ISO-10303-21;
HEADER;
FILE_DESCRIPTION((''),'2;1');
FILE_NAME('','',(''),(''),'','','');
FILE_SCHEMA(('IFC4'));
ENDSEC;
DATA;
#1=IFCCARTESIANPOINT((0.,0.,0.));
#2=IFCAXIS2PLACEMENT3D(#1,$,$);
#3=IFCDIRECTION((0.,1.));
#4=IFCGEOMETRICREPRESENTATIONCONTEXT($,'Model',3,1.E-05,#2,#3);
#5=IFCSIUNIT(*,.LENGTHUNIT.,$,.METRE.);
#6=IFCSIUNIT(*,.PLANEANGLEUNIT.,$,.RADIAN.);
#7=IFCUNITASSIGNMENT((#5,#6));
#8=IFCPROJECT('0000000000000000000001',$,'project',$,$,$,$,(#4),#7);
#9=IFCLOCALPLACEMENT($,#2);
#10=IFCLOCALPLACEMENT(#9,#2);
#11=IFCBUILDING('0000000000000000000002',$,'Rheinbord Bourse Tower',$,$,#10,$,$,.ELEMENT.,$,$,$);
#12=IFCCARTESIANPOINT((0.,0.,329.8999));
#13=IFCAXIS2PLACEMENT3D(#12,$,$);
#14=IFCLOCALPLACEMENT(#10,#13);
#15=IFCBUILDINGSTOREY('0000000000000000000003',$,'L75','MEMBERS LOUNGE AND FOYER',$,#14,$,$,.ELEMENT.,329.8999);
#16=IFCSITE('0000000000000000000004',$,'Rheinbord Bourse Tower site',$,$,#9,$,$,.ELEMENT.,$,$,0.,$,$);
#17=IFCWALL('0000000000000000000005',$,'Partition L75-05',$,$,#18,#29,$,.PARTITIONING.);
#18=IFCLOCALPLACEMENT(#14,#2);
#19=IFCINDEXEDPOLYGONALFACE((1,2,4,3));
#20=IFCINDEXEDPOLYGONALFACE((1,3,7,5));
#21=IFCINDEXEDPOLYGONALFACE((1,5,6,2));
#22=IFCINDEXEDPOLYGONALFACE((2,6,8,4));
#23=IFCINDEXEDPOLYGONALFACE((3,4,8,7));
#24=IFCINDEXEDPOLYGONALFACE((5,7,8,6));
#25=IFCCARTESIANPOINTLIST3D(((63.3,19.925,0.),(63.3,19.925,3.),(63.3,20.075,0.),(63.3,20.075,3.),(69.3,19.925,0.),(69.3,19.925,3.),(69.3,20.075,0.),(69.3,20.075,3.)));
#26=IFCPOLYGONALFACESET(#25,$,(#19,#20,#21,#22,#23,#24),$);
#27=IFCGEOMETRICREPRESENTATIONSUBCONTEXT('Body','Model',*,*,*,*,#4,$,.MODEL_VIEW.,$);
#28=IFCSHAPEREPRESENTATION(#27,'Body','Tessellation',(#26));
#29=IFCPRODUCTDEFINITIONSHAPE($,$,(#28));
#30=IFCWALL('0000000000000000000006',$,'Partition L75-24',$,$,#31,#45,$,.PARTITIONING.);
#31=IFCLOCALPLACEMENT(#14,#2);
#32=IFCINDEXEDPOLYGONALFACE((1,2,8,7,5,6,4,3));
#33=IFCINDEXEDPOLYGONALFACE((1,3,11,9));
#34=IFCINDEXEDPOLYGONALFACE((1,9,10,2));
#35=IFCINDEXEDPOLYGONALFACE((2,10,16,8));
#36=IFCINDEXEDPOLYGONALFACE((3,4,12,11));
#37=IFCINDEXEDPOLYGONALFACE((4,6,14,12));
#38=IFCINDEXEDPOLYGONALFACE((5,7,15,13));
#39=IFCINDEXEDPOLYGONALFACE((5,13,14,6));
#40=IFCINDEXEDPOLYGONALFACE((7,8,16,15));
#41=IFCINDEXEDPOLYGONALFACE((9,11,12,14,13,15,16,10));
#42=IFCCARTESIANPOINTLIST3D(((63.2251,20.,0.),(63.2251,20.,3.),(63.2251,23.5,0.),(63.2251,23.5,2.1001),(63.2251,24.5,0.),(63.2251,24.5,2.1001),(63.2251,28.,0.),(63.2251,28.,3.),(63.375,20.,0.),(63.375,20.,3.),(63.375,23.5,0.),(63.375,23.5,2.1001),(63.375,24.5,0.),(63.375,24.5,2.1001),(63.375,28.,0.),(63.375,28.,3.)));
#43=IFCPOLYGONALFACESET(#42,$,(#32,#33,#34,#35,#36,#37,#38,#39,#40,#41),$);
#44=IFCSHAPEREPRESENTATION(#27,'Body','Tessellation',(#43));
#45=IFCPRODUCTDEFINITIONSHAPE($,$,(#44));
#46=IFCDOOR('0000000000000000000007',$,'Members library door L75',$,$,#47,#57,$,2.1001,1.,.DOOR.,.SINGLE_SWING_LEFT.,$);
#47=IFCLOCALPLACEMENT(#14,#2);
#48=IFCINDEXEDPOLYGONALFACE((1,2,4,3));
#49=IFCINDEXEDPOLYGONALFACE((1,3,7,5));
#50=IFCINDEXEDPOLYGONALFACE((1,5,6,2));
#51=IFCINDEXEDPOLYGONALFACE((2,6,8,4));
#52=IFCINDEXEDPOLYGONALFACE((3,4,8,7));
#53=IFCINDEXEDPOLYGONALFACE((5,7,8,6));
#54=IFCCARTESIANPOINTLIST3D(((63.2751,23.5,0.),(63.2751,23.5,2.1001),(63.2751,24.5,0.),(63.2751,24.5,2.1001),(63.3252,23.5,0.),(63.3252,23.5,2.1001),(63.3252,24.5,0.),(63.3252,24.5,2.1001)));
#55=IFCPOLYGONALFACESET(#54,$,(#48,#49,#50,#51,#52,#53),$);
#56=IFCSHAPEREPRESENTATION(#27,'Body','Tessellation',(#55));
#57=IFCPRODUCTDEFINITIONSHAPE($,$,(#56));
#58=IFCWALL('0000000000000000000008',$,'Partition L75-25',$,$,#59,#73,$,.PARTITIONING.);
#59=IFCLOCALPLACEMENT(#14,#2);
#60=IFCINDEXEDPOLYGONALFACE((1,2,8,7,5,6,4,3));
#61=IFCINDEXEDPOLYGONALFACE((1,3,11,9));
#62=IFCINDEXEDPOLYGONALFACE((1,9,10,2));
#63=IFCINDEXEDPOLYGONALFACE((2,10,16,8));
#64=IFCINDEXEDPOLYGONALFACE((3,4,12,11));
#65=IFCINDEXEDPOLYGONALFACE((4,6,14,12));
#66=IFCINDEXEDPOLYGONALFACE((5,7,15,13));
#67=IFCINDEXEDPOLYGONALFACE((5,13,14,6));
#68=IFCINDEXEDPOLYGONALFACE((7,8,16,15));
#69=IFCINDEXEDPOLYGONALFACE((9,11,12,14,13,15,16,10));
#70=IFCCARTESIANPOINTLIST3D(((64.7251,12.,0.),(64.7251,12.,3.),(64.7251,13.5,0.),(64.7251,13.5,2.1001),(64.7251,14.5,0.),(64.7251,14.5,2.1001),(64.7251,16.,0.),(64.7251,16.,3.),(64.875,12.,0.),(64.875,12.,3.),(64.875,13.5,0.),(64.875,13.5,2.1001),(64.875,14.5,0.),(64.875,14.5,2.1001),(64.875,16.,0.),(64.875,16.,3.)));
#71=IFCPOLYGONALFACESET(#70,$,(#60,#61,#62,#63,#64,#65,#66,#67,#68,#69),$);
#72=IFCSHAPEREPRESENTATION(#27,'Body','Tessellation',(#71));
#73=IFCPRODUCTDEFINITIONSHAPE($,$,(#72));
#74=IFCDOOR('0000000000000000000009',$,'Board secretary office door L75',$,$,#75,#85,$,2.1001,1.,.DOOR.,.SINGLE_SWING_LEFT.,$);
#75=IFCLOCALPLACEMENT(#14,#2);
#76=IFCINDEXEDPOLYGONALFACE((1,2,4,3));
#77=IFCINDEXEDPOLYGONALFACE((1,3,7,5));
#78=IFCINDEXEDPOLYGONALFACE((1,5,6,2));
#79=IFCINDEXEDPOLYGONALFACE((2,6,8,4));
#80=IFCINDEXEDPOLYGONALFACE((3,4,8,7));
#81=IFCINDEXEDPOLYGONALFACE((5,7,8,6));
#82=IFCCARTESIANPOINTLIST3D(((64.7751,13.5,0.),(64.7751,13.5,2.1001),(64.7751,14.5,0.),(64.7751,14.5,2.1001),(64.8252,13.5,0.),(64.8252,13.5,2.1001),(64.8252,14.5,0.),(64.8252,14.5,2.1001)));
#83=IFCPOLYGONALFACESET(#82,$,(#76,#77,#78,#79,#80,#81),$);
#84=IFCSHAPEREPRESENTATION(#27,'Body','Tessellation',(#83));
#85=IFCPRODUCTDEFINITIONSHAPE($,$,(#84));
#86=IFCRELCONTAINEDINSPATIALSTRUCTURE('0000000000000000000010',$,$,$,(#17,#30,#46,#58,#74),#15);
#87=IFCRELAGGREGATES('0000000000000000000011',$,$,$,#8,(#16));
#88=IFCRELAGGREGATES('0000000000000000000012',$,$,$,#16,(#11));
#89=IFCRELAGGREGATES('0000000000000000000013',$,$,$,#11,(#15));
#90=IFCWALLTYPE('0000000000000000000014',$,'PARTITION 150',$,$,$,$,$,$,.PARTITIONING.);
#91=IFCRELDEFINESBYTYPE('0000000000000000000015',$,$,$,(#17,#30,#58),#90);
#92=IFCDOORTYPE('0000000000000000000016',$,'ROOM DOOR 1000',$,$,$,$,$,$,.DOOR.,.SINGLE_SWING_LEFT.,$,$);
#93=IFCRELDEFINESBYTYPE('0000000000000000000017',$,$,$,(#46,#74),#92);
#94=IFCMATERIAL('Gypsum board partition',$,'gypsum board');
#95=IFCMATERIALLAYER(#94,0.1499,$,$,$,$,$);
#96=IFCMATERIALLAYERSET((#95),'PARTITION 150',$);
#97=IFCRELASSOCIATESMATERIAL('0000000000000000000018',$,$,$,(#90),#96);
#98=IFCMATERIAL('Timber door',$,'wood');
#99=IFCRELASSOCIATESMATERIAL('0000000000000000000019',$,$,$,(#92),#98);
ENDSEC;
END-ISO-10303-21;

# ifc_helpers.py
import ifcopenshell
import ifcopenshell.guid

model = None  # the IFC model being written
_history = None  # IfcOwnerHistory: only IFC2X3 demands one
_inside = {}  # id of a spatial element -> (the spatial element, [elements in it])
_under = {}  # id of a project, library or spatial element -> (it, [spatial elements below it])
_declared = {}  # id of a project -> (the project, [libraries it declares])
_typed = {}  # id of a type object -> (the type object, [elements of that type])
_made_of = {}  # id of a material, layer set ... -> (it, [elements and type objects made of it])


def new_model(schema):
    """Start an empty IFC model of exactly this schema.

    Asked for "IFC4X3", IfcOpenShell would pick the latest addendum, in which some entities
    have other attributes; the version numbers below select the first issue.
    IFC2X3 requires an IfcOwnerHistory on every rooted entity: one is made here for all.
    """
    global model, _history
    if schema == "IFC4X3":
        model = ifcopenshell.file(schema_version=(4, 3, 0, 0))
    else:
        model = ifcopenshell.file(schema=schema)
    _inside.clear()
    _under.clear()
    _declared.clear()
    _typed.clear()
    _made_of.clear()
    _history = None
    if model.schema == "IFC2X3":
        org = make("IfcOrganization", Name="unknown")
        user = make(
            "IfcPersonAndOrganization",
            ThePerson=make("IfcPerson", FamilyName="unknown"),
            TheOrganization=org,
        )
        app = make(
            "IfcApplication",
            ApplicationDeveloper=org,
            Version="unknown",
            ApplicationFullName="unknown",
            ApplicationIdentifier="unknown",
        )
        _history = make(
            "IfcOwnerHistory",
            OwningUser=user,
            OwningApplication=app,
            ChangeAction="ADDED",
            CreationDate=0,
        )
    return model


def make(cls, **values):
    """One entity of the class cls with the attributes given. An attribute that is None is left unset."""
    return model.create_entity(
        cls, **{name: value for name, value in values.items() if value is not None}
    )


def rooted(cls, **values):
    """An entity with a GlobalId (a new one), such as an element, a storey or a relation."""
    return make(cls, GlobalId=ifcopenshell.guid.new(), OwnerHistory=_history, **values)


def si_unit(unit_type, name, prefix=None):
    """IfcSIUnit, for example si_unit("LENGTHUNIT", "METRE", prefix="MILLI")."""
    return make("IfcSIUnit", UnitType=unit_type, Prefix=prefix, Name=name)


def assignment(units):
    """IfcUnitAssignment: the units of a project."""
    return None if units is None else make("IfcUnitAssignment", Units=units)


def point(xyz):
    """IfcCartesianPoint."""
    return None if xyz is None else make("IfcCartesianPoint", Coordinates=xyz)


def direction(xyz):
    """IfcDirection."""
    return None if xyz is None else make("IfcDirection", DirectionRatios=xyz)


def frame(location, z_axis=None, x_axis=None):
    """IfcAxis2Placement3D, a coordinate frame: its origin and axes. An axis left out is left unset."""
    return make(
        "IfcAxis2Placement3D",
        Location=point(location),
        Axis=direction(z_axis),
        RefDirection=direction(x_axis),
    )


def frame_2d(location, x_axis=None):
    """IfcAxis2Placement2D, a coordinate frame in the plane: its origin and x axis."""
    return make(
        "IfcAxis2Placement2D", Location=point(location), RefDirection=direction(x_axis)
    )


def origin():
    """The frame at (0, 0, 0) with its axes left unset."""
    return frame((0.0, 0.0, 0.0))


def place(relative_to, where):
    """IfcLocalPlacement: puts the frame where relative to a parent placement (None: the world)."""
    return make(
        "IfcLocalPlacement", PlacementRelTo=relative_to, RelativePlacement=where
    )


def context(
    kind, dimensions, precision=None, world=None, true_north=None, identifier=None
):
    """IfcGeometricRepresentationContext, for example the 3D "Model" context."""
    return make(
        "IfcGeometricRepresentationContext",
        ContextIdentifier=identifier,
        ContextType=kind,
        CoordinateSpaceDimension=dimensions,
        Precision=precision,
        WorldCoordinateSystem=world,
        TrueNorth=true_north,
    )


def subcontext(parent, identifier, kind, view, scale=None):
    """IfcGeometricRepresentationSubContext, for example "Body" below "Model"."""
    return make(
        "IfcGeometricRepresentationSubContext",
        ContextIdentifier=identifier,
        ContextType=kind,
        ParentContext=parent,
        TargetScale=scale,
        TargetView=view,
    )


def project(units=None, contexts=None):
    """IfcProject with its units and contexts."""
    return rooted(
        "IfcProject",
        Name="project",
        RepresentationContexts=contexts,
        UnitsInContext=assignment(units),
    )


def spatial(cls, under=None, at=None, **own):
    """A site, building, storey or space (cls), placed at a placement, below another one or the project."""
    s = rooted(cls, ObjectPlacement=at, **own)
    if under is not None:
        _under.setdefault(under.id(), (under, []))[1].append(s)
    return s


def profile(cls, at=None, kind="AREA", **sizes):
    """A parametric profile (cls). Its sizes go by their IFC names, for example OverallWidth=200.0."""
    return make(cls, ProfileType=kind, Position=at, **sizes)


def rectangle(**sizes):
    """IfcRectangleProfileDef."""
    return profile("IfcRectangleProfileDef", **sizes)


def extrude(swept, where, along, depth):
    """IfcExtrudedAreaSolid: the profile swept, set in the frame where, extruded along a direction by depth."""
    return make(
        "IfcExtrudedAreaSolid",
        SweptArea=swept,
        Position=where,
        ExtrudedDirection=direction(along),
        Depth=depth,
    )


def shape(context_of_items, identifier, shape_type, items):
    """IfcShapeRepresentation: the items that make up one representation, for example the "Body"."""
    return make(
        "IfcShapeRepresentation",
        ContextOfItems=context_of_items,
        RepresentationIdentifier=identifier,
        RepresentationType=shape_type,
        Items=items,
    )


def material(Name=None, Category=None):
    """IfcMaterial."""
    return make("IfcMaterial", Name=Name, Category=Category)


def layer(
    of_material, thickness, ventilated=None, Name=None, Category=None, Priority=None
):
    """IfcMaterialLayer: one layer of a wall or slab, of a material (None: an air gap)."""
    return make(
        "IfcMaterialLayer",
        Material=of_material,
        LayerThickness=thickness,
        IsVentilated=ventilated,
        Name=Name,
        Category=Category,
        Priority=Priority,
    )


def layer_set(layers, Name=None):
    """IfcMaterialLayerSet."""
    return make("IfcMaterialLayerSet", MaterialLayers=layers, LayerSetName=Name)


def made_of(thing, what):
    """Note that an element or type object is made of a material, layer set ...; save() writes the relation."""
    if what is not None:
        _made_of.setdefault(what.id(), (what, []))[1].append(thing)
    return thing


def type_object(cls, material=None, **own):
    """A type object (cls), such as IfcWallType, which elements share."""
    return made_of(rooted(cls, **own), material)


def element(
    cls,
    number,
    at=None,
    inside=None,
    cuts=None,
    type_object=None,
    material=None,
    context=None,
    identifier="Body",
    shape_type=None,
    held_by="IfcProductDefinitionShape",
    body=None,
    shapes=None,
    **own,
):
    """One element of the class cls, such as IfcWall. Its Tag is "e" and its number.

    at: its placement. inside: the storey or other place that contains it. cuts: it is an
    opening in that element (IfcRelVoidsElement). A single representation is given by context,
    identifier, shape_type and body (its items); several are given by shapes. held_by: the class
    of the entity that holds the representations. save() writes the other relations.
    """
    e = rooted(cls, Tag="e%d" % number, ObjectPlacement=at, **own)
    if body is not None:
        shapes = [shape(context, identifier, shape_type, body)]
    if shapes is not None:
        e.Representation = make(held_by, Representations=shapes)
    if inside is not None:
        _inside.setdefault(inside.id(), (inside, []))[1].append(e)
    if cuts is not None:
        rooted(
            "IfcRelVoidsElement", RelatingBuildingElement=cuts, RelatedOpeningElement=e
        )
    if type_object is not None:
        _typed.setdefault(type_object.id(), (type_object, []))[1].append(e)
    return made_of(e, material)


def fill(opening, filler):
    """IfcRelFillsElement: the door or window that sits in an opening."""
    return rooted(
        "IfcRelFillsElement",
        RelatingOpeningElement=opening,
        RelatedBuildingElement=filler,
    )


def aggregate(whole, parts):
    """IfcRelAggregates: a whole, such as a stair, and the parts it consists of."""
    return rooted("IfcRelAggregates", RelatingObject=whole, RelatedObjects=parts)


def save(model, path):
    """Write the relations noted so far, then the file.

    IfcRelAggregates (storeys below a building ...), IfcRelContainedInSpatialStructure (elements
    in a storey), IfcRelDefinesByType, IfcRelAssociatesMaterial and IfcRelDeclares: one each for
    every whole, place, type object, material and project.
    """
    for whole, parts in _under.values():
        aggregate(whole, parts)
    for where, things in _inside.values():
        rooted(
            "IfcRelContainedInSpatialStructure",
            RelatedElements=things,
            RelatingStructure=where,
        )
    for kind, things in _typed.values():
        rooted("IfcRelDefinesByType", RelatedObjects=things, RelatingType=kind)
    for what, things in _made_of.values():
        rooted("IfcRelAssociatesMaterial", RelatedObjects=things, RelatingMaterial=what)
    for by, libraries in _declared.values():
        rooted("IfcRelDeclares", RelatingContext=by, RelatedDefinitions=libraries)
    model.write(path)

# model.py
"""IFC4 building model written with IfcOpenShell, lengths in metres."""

from ifc_helpers import new_model, si_unit, direction, frame, frame_2d, origin, place, context, subcontext, project, spatial, rectangle, extrude, material, layer, layer_set, type_object, element, fill, save


model = new_model("IFC4")

# Units and contexts
model_context = context("Model", 3, precision=1e-05, world=origin(), true_north=direction((0.0, 1.0)))
body_context = subcontext(model_context, "Body", "Model", "MODEL_VIEW")
ifc_project = project(units=[si_unit("LENGTHUNIT", "METRE"), si_unit("PLANEANGLEUNIT", "RADIAN")], contexts=[model_context])

# Site, building, storey
site_placement = place(None, origin())
site = spatial("IfcSite", under=ifc_project, at=site_placement, Name="Rheinbord Bourse Tower site", CompositionType="ELEMENT", RefElevation=0.0)
building_placement = place(site_placement, origin())
building = spatial("IfcBuilding", under=site, at=building_placement, Name="Rheinbord Bourse Tower", CompositionType="ELEMENT")
storey_placement = place(building_placement, frame((0.0, 0.0, 329.8999)))
storey = spatial("IfcBuildingStorey", under=building, at=storey_placement, Name="L75", Description="MEMBERS LOUNGE AND FOYER", CompositionType="ELEMENT", Elevation=329.8999)

# Wall
ifc_material_1 = material(Name="Gypsum board partition", Category="gypsum board")
ifc_layer_1 = layer(ifc_material_1, 0.1499)
ifc_layer_set_1 = layer_set([ifc_layer_1], Name="PARTITION 150")
wall_type = type_object("IfcWallType", Name="PARTITION 150", PredefinedType="PARTITIONING", material=ifc_layer_set_1)
wall_1_placement = place(storey_placement, frame((63.3, 20.0, 0.0), z_axis=(0.0, 0.0, 1.0), x_axis=(1.0, 0.0, 0.0)))
element("IfcWall", 1, at=wall_1_placement, inside=storey, type_object=wall_type, Name="Partition L75-05", PredefinedType="PARTITIONING", context=body_context, shape_type="SweptSolid", body=[
    extrude(rectangle(XDim=6.0, YDim=0.1499, at=frame_2d((3.0, 0.0))), origin(), (0.0, 0.0, 1.0), 3.0),
])

# Walls, openings, doors
wall_2_placement = place(storey_placement, frame((63.3, 20.0, 0.0), z_axis=(0.0, 0.0, 1.0), x_axis=(0.0, 1.0, 0.0)))
wall_2 = element("IfcWall", 2, at=wall_2_placement, inside=storey, type_object=wall_type, Name="Partition L75-24", PredefinedType="PARTITIONING", context=body_context, shape_type="SweptSolid", body=[
    extrude(rectangle(XDim=8.0, YDim=0.1499, at=frame_2d((4.0, 0.0))), origin(), (0.0, 0.0, 1.0), 3.0),
])
opening_1_placement = place(wall_2_placement, frame((3.5, 0.0, 0.0)))
opening_1 = element("IfcOpeningElement", 3, at=opening_1_placement, cuts=wall_2, PredefinedType="OPENING", context=body_context, shape_type="SweptSolid", body=[
    extrude(rectangle(XDim=1.0, YDim=2.1001, at=frame_2d((0.5, 1.05))), frame((0.0, 0.085, 0.0), z_axis=(0.0, -1.0, 0.0), x_axis=(1.0, 0.0, 0.0)), (0.0, 0.0, 1.0), 0.1699),
])
ifc_material_2 = material(Name="Timber door", Category="wood")
door_type = type_object("IfcDoorType", Name="ROOM DOOR 1000", OperationType="SINGLE_SWING_LEFT", PredefinedType="DOOR", material=ifc_material_2)
door_1_placement = place(opening_1_placement, origin())
door_1 = element("IfcDoor", 4, at=door_1_placement, inside=storey, type_object=door_type, Name="Members library door L75", OperationType="SINGLE_SWING_LEFT", OverallHeight=2.1001, OverallWidth=1.0, PredefinedType="DOOR", context=body_context, shape_type="SweptSolid", body=[
    extrude(rectangle(XDim=1.0, YDim=2.1001, at=frame_2d((0.5, 1.05))), frame((0.0, 0.0249, 0.0), z_axis=(0.0, -1.0, 0.0), x_axis=(1.0, 0.0, 0.0)), (0.0, 0.0, 1.0), 0.05),
])
fill(opening_1, door_1)
wall_3_placement = place(storey_placement, frame((64.8, 12.0, 0.0), z_axis=(0.0, 0.0, 1.0), x_axis=(0.0, 1.0, 0.0)))
wall_3 = element("IfcWall", 5, at=wall_3_placement, inside=storey, type_object=wall_type, Name="Partition L75-25", PredefinedType="PARTITIONING", context=body_context, shape_type="SweptSolid", body=[
    extrude(rectangle(XDim=4.0, YDim=0.1499, at=frame_2d((2.0, 0.0))), origin(), (0.0, 0.0, 1.0), 3.0),
])
opening_2_placement = place(wall_3_placement, frame((1.5, 0.0, 0.0)))
opening_2 = element("IfcOpeningElement", 6, at=opening_2_placement, cuts=wall_3, PredefinedType="OPENING", context=body_context, shape_type="SweptSolid", body=[
    extrude(rectangle(XDim=1.0, YDim=2.1001, at=frame_2d((0.5, 1.05))), frame((0.0, 0.085, 0.0), z_axis=(0.0, -1.0, 0.0), x_axis=(1.0, 0.0, 0.0)), (0.0, 0.0, 1.0), 0.1699),
])
door_2_placement = place(opening_2_placement, origin())
door_2 = element("IfcDoor", 7, at=door_2_placement, inside=storey, type_object=door_type, Name="Board secretary office door L75", OperationType="SINGLE_SWING_LEFT", OverallHeight=2.1001, OverallWidth=1.0, PredefinedType="DOOR", context=body_context, shape_type="SweptSolid", body=[
    extrude(rectangle(XDim=1.0, YDim=2.1001, at=frame_2d((0.5, 1.05))), frame((0.0, 0.0249, 0.0), z_axis=(0.0, -1.0, 0.0), x_axis=(1.0, 0.0, 0.0)), (0.0, 0.0, 1.0), 0.05),
])
fill(opening_2, door_2)

save(model, "model.ifc")
